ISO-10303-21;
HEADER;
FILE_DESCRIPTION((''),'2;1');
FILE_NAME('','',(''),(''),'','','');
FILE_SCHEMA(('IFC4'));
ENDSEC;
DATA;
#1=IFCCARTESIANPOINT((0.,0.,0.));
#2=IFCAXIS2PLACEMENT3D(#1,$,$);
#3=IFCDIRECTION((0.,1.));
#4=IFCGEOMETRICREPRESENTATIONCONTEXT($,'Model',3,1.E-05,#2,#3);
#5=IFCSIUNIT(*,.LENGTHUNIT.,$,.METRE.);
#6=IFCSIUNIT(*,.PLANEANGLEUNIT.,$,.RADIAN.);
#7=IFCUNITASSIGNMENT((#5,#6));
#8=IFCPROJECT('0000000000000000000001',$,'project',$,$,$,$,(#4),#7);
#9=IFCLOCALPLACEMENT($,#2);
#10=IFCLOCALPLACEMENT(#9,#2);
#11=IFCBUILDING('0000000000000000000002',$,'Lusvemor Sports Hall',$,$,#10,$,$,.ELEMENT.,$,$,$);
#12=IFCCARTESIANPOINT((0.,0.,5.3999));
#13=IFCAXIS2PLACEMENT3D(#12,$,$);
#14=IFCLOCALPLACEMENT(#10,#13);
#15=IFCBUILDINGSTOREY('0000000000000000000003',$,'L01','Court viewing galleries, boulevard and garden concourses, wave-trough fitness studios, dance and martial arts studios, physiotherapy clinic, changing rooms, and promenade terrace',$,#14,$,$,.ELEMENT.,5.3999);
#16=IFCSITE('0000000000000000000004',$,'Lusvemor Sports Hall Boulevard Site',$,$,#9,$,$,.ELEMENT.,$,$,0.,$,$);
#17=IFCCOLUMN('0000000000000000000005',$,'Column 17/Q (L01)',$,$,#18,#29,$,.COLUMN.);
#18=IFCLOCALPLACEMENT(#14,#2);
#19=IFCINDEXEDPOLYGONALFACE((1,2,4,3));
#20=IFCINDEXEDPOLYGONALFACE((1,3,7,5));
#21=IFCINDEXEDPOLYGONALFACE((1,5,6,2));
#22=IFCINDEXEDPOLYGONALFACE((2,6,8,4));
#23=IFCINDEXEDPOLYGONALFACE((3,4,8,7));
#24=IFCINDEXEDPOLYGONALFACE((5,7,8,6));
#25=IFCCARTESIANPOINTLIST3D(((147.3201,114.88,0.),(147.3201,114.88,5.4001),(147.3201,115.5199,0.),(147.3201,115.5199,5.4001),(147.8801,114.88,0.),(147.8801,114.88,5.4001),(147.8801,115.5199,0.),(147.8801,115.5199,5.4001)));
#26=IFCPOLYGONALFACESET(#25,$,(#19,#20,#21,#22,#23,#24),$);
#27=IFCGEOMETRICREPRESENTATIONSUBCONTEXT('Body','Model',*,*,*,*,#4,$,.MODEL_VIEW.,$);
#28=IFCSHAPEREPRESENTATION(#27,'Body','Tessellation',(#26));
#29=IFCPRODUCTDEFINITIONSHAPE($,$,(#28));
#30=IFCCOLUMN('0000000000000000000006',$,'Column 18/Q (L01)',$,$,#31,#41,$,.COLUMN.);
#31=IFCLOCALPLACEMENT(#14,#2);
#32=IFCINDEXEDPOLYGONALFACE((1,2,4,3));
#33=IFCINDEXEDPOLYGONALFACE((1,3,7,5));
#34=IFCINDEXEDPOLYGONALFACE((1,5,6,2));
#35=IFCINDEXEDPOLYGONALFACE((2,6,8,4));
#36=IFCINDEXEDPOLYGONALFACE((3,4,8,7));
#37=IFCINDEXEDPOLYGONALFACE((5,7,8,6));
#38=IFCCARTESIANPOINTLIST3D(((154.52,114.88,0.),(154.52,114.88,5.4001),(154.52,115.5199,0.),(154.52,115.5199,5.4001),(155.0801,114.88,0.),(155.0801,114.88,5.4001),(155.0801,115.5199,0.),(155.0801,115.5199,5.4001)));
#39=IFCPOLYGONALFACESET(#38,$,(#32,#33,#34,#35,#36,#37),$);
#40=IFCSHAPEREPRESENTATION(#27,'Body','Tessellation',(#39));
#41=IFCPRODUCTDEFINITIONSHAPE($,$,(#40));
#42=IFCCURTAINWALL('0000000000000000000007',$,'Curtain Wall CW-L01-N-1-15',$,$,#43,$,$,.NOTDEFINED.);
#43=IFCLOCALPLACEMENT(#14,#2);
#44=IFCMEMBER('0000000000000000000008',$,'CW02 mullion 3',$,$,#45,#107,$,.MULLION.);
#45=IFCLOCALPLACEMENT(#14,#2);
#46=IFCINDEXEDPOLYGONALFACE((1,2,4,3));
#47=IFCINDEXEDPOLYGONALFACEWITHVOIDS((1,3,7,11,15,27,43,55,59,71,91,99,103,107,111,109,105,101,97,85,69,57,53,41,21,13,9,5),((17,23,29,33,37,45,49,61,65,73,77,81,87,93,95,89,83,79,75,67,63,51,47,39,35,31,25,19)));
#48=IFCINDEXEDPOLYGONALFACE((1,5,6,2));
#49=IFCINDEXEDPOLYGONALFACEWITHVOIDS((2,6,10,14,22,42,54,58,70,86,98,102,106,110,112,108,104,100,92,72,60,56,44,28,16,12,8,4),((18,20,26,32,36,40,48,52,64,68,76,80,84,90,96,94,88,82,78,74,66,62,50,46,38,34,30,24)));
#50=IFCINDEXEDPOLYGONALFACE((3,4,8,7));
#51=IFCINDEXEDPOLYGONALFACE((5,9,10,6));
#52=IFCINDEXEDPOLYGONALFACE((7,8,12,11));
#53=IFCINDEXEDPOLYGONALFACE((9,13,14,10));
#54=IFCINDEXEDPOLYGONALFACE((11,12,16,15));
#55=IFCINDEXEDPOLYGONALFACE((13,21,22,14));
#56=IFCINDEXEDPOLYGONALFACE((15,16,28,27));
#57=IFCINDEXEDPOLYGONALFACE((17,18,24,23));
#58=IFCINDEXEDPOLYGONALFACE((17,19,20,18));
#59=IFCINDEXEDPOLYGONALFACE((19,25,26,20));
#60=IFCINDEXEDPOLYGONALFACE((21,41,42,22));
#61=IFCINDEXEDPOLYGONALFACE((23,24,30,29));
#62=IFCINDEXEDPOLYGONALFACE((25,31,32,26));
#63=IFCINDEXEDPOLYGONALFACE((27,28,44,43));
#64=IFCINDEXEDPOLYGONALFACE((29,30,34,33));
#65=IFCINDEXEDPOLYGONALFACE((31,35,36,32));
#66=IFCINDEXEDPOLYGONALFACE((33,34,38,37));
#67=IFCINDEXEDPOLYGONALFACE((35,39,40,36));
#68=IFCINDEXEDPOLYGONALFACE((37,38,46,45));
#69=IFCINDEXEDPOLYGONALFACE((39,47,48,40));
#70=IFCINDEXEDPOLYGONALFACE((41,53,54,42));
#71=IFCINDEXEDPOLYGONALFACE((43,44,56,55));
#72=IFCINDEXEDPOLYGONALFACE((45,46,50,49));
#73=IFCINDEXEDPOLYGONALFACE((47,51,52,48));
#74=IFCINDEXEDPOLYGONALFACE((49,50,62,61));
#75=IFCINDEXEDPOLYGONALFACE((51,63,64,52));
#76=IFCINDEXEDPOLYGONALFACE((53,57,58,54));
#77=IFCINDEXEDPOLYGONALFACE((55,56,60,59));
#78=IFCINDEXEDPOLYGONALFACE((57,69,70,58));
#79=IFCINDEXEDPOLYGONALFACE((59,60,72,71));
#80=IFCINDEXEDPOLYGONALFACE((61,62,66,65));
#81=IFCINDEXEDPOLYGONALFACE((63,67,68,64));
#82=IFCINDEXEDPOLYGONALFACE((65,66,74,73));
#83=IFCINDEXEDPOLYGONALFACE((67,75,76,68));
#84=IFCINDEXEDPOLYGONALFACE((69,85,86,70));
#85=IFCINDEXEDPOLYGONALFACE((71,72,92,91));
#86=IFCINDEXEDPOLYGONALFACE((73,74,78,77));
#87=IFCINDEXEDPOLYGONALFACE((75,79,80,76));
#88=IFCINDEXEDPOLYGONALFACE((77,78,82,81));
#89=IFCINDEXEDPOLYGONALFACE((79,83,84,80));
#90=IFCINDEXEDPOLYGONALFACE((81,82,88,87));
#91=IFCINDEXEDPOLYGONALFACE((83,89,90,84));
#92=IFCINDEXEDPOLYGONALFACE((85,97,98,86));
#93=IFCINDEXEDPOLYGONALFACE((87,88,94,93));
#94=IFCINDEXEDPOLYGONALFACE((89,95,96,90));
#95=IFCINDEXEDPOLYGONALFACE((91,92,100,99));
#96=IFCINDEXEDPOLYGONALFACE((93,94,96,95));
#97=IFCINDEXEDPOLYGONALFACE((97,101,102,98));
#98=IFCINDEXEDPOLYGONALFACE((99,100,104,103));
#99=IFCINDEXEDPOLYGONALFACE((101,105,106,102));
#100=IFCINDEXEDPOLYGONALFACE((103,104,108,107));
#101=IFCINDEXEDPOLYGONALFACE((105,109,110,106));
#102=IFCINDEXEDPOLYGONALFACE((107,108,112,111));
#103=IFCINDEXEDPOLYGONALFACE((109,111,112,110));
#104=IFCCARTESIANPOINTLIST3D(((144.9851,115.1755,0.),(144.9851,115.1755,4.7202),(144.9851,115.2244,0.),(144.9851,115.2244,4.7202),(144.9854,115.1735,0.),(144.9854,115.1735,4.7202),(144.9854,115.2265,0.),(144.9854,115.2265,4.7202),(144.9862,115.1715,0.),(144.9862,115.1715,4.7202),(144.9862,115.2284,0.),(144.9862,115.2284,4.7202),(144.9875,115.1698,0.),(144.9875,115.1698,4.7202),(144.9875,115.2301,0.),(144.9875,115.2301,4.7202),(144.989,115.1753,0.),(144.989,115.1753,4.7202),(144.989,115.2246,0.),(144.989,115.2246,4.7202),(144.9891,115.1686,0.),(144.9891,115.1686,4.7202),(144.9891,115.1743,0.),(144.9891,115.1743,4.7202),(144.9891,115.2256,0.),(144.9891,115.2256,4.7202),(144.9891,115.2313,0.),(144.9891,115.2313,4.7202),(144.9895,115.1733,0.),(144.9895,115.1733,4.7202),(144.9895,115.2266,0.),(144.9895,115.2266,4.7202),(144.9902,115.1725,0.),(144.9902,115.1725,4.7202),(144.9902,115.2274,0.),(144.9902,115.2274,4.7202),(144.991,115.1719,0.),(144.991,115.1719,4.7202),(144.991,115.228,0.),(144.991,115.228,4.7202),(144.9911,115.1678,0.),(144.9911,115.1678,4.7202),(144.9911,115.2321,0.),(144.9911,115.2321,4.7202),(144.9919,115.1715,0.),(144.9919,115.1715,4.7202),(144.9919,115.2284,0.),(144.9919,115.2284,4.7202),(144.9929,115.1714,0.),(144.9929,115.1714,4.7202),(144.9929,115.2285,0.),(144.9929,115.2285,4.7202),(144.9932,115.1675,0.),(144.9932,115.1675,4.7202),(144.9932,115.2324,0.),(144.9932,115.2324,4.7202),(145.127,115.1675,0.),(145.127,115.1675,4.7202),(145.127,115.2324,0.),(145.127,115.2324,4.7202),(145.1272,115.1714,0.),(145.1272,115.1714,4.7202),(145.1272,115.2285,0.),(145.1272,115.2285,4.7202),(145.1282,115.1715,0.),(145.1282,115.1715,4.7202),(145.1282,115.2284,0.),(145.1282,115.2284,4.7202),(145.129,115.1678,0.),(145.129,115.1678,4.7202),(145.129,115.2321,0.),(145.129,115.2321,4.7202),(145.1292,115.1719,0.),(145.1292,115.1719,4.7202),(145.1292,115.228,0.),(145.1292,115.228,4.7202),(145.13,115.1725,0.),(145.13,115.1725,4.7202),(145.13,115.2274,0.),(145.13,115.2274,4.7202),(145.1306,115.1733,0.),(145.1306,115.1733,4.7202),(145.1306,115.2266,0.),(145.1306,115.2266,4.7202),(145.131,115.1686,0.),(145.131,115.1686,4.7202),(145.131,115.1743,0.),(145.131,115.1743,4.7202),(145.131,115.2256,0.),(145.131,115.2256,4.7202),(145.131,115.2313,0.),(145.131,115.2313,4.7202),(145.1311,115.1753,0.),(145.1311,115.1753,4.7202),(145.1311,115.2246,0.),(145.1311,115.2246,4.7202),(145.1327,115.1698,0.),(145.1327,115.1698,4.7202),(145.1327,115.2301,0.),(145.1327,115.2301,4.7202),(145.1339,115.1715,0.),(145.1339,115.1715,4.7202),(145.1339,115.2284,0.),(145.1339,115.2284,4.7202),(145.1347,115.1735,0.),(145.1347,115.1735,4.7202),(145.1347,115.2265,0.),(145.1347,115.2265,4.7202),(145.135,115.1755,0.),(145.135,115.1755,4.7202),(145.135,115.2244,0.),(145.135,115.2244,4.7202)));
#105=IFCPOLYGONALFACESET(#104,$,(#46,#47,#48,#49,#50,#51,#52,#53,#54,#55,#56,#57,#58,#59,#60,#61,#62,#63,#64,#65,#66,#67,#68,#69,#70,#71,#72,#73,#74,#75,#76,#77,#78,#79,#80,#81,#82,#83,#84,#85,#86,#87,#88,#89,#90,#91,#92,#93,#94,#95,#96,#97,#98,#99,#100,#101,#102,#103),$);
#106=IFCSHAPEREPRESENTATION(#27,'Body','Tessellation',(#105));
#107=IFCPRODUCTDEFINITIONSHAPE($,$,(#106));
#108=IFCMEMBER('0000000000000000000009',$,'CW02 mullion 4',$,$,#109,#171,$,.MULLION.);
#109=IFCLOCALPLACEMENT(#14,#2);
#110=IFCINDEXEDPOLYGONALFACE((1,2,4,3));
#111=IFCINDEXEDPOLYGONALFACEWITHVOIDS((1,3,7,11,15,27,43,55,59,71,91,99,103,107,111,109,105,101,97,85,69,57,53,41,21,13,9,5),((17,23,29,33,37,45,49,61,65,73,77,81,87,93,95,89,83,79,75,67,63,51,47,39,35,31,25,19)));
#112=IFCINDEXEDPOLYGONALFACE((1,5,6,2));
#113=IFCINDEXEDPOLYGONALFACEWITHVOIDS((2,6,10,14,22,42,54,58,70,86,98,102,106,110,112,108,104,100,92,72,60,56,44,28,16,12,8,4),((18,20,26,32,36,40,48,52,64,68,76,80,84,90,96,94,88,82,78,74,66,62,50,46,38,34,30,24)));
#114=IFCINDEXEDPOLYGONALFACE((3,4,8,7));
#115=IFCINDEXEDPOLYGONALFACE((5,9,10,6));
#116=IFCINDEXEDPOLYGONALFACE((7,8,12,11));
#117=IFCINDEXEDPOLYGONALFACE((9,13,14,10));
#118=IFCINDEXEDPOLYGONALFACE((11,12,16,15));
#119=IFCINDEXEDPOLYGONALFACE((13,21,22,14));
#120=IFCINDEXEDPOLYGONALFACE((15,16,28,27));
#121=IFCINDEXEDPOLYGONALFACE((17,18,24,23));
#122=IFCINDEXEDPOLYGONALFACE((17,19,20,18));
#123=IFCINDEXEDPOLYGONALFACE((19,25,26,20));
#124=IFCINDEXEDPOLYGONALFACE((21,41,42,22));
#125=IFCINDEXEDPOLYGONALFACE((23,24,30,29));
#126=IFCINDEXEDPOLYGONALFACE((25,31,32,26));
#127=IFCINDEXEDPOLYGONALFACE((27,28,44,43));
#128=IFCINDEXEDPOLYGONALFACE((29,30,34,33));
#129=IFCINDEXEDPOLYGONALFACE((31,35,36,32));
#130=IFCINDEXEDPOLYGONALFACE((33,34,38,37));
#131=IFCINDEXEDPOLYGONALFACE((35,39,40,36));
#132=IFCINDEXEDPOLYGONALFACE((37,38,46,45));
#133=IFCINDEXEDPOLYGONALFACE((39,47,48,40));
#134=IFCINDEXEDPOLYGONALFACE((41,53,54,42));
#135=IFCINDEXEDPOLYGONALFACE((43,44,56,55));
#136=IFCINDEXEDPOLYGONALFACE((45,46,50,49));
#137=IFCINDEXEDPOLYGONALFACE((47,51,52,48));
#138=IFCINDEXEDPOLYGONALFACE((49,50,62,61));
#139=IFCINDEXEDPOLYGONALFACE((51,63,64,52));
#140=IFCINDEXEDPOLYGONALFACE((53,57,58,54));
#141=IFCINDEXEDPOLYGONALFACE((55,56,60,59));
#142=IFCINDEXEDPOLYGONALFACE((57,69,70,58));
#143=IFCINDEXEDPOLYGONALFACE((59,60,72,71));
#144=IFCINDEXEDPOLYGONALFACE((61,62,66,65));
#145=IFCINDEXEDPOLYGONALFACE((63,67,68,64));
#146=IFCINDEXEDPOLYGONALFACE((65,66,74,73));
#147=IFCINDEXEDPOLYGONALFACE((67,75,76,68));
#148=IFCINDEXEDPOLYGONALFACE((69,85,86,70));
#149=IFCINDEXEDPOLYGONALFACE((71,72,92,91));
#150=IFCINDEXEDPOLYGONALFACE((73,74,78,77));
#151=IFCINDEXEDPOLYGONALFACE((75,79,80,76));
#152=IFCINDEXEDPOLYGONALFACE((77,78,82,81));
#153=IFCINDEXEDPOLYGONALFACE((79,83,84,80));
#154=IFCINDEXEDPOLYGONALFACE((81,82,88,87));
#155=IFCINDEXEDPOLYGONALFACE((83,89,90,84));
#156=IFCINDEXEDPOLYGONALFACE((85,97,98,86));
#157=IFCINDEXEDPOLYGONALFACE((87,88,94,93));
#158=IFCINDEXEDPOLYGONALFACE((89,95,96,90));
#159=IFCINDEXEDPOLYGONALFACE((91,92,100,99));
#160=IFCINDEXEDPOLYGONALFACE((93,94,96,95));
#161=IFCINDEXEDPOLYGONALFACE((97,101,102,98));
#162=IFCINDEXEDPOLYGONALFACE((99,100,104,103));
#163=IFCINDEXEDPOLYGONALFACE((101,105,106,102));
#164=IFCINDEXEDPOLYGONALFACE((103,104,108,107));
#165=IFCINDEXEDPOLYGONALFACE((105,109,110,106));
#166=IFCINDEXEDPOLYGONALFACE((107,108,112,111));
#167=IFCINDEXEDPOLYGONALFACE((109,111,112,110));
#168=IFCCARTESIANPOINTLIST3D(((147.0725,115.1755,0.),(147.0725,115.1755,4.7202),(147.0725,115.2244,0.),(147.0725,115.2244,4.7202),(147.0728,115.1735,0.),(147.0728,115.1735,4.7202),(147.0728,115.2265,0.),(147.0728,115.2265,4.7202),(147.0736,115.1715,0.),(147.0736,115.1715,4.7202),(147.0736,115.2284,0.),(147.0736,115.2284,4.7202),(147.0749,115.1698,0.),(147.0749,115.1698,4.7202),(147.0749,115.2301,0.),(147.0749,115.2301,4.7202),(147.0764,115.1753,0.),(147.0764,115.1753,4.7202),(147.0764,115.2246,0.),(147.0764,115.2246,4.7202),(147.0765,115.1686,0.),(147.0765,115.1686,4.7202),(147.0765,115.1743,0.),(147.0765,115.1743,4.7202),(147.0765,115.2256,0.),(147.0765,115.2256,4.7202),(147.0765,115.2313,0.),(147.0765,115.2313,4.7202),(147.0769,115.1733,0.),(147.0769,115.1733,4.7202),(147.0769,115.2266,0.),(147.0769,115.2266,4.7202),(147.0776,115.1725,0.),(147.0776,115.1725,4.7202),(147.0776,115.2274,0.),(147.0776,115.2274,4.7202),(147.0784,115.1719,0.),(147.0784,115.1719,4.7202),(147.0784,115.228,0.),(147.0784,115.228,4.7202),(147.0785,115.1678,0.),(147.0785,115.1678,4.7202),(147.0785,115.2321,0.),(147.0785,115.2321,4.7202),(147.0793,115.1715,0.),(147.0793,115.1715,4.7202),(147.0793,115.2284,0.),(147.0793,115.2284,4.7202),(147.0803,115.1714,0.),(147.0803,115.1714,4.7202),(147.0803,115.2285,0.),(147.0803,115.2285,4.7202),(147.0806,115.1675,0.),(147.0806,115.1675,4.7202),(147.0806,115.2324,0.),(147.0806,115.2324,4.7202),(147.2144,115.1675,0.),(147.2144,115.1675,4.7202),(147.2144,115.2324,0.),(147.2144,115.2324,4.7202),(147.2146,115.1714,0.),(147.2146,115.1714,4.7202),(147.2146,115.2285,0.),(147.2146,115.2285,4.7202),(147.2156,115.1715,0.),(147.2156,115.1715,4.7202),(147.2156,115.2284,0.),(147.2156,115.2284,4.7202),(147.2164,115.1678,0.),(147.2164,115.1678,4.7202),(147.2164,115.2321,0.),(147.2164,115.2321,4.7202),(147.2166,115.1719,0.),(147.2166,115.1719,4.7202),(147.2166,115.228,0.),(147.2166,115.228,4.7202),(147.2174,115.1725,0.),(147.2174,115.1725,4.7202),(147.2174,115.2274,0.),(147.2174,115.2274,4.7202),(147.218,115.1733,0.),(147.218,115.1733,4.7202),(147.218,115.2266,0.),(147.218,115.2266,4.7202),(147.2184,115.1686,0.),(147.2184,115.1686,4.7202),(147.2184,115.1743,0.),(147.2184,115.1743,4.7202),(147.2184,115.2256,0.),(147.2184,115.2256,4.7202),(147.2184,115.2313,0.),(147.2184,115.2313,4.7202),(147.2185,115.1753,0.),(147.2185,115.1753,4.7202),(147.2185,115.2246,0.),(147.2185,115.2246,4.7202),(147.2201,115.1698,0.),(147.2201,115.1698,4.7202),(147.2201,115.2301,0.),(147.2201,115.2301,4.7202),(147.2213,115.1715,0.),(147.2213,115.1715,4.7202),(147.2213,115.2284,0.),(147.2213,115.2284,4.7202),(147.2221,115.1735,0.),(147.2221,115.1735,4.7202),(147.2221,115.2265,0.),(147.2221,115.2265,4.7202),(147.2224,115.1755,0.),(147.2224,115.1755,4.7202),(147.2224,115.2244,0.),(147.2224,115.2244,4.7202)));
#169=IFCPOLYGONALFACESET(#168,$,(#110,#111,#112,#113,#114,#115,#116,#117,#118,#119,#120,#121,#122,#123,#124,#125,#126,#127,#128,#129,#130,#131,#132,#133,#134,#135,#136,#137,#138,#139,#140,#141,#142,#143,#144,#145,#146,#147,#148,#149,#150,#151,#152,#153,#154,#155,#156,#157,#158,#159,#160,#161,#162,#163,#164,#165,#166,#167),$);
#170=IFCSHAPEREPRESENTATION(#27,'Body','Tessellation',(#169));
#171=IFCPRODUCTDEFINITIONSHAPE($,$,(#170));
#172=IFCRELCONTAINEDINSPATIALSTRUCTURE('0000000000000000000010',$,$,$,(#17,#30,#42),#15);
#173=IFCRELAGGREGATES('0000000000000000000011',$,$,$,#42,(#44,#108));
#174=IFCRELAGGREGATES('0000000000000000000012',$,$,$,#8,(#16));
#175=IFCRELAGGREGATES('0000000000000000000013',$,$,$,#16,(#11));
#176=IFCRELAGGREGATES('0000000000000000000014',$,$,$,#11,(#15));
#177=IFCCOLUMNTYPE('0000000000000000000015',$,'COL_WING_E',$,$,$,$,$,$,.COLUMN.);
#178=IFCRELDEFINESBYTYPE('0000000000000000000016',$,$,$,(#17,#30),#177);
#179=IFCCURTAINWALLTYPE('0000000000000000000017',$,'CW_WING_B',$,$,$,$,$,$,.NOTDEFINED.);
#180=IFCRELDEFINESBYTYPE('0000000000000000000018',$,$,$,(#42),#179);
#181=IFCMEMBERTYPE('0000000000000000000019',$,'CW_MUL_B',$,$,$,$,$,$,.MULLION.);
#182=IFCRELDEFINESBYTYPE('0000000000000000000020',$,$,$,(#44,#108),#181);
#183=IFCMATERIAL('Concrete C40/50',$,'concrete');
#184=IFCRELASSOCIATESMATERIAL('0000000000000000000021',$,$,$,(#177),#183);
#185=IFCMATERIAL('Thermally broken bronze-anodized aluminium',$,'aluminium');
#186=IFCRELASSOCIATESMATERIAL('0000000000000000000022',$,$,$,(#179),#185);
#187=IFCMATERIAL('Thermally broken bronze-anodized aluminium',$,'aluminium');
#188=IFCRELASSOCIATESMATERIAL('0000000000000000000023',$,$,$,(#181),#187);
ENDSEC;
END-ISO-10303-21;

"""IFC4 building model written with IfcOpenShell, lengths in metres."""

from ifc_helpers import new_model, si_unit, direction, frame, origin, origin_2d, place, context, subcontext, project, spatial, rectangle, hollow_rectangle, extrude, material, material_profile, profile_set, type_object, element, aggregate, save


model = new_model("IFC4")

# Units and contexts
model_context = context("Model", 3, precision=1e-05, world=origin(), true_north=direction((0.0, 1.0)))
body_context = subcontext(model_context, "Body", "Model", "MODEL_VIEW")
ifc_project = project(units=[si_unit("LENGTHUNIT", "METRE"), si_unit("PLANEANGLEUNIT", "RADIAN")], contexts=[model_context])

# Site, building, storey
site_placement = place(None, origin())
site = spatial("IfcSite", under=ifc_project, at=site_placement, Name="Lusvemor Sports Hall Boulevard Site", CompositionType="ELEMENT", RefElevation=0.0)
building_placement = place(site_placement, origin())
building = spatial("IfcBuilding", under=site, at=building_placement, Name="Lusvemor Sports Hall", CompositionType="ELEMENT")
storey_placement = place(building_placement, frame((0.0, 0.0, 5.3999)))
storey = spatial("IfcBuildingStorey", under=building, at=storey_placement, Name="L01", Description="Court viewing galleries, boulevard and garden concourses, wave-trough fitness studios, dance and martial arts studios, physiotherapy clinic, changing rooms, and promenade terrace", CompositionType="ELEMENT", Elevation=5.3999)

# Columns
ifc_material_1 = material(Name="Concrete C40/50", Category="concrete")
ifc_material_profile_1 = material_profile(ifc_material_1, rectangle(XDim=0.5601, YDim=0.6399, at=origin_2d()), Name="RC560x640")
ifc_profile_set_1 = profile_set([ifc_material_profile_1], Name="Concrete C40/50")
column_type = type_object("IfcColumnType", Name="COL_WING_E", PredefinedType="COLUMN", material=ifc_profile_set_1)
for number, where, z_axis, x_axis, name in (
    (1, (147.6001, 115.2, 0.0), (0.0, 0.0, 1.0), (1.0, 0.0, 0.0), "Column 17/Q (L01)"),
    (2, (154.8, 115.2, 0.0), (0.0, 0.0, 1.0), (1.0, 0.0, 0.0), "Column 18/Q (L01)"),
):
    element("IfcColumn", number, at=place(storey_placement, frame(where, z_axis=z_axis, x_axis=x_axis)), inside=storey, type_object=column_type, Name=name, PredefinedType="COLUMN", context=body_context, shape_type="SweptSolid", body=[
        extrude(rectangle(XDim=0.5601, YDim=0.6399, at=origin_2d()), origin(), (0.0, 0.0, 1.0), 5.4001),
    ])

# Curtain wall, members
ifc_material_2 = material(Name="Thermally broken bronze-anodized aluminium", Category="aluminium")
curtain_wall_type = type_object("IfcCurtainWallType", Name="CW_WING_B", PredefinedType="NOTDEFINED", material=ifc_material_2)
curtain_wall_1_placement = place(storey_placement, origin())
curtain_wall_1 = element("IfcCurtainWall", 3, at=curtain_wall_1_placement, inside=storey, type_object=curtain_wall_type, Name="Curtain Wall CW-L01-N-1-15", PredefinedType="NOTDEFINED")
ifc_material_3 = material(Name="Thermally broken bronze-anodized aluminium", Category="aluminium")
ifc_material_profile_2 = material_profile(ifc_material_3, hollow_rectangle(XDim=0.0649, YDim=0.1499, WallThickness=0.0039, InnerFilletRadius=0.0039, OuterFilletRadius=0.0081, at=origin_2d()), Name="CWMUL150x65x4")
ifc_profile_set_2 = profile_set([ifc_material_profile_2], Name="Thermally broken bronze-anodized aluminium")
member_type_1 = type_object("IfcMemberType", Name="CW_MUL_B", PredefinedType="MULLION", material=ifc_profile_set_2)
member_1_placement = place(storey_placement, frame((145.0601, 115.2, 0.0), z_axis=(0.0, 0.0, 1.0), x_axis=(0.0, 1.0, 0.0)))
member_1 = element("IfcMember", 4, at=member_1_placement, type_object=member_type_1, Name="CW02 mullion 3", PredefinedType="MULLION", context=body_context, shape_type="SweptSolid", body=[
    extrude(hollow_rectangle(XDim=0.0649, YDim=0.1499, WallThickness=0.0039, InnerFilletRadius=0.0039, OuterFilletRadius=0.0081, at=origin_2d()), origin(), (0.0, 0.0, 1.0), 4.7202),
])
member_2_placement = place(storey_placement, frame((147.1475, 115.2, 0.0), z_axis=(0.0, 0.0, 1.0), x_axis=(0.0, 1.0, 0.0)))
member_2 = element("IfcMember", 5, at=member_2_placement, type_object=member_type_1, Name="CW02 mullion 4", PredefinedType="MULLION", context=body_context, shape_type="SweptSolid", body=[
    extrude(hollow_rectangle(XDim=0.0649, YDim=0.1499, WallThickness=0.0039, InnerFilletRadius=0.0039, OuterFilletRadius=0.0081, at=origin_2d()), origin(), (0.0, 0.0, 1.0), 4.7202),
])

aggregate(curtain_wall_1, [member_1, member_2])

save(model, "model.ifc")
